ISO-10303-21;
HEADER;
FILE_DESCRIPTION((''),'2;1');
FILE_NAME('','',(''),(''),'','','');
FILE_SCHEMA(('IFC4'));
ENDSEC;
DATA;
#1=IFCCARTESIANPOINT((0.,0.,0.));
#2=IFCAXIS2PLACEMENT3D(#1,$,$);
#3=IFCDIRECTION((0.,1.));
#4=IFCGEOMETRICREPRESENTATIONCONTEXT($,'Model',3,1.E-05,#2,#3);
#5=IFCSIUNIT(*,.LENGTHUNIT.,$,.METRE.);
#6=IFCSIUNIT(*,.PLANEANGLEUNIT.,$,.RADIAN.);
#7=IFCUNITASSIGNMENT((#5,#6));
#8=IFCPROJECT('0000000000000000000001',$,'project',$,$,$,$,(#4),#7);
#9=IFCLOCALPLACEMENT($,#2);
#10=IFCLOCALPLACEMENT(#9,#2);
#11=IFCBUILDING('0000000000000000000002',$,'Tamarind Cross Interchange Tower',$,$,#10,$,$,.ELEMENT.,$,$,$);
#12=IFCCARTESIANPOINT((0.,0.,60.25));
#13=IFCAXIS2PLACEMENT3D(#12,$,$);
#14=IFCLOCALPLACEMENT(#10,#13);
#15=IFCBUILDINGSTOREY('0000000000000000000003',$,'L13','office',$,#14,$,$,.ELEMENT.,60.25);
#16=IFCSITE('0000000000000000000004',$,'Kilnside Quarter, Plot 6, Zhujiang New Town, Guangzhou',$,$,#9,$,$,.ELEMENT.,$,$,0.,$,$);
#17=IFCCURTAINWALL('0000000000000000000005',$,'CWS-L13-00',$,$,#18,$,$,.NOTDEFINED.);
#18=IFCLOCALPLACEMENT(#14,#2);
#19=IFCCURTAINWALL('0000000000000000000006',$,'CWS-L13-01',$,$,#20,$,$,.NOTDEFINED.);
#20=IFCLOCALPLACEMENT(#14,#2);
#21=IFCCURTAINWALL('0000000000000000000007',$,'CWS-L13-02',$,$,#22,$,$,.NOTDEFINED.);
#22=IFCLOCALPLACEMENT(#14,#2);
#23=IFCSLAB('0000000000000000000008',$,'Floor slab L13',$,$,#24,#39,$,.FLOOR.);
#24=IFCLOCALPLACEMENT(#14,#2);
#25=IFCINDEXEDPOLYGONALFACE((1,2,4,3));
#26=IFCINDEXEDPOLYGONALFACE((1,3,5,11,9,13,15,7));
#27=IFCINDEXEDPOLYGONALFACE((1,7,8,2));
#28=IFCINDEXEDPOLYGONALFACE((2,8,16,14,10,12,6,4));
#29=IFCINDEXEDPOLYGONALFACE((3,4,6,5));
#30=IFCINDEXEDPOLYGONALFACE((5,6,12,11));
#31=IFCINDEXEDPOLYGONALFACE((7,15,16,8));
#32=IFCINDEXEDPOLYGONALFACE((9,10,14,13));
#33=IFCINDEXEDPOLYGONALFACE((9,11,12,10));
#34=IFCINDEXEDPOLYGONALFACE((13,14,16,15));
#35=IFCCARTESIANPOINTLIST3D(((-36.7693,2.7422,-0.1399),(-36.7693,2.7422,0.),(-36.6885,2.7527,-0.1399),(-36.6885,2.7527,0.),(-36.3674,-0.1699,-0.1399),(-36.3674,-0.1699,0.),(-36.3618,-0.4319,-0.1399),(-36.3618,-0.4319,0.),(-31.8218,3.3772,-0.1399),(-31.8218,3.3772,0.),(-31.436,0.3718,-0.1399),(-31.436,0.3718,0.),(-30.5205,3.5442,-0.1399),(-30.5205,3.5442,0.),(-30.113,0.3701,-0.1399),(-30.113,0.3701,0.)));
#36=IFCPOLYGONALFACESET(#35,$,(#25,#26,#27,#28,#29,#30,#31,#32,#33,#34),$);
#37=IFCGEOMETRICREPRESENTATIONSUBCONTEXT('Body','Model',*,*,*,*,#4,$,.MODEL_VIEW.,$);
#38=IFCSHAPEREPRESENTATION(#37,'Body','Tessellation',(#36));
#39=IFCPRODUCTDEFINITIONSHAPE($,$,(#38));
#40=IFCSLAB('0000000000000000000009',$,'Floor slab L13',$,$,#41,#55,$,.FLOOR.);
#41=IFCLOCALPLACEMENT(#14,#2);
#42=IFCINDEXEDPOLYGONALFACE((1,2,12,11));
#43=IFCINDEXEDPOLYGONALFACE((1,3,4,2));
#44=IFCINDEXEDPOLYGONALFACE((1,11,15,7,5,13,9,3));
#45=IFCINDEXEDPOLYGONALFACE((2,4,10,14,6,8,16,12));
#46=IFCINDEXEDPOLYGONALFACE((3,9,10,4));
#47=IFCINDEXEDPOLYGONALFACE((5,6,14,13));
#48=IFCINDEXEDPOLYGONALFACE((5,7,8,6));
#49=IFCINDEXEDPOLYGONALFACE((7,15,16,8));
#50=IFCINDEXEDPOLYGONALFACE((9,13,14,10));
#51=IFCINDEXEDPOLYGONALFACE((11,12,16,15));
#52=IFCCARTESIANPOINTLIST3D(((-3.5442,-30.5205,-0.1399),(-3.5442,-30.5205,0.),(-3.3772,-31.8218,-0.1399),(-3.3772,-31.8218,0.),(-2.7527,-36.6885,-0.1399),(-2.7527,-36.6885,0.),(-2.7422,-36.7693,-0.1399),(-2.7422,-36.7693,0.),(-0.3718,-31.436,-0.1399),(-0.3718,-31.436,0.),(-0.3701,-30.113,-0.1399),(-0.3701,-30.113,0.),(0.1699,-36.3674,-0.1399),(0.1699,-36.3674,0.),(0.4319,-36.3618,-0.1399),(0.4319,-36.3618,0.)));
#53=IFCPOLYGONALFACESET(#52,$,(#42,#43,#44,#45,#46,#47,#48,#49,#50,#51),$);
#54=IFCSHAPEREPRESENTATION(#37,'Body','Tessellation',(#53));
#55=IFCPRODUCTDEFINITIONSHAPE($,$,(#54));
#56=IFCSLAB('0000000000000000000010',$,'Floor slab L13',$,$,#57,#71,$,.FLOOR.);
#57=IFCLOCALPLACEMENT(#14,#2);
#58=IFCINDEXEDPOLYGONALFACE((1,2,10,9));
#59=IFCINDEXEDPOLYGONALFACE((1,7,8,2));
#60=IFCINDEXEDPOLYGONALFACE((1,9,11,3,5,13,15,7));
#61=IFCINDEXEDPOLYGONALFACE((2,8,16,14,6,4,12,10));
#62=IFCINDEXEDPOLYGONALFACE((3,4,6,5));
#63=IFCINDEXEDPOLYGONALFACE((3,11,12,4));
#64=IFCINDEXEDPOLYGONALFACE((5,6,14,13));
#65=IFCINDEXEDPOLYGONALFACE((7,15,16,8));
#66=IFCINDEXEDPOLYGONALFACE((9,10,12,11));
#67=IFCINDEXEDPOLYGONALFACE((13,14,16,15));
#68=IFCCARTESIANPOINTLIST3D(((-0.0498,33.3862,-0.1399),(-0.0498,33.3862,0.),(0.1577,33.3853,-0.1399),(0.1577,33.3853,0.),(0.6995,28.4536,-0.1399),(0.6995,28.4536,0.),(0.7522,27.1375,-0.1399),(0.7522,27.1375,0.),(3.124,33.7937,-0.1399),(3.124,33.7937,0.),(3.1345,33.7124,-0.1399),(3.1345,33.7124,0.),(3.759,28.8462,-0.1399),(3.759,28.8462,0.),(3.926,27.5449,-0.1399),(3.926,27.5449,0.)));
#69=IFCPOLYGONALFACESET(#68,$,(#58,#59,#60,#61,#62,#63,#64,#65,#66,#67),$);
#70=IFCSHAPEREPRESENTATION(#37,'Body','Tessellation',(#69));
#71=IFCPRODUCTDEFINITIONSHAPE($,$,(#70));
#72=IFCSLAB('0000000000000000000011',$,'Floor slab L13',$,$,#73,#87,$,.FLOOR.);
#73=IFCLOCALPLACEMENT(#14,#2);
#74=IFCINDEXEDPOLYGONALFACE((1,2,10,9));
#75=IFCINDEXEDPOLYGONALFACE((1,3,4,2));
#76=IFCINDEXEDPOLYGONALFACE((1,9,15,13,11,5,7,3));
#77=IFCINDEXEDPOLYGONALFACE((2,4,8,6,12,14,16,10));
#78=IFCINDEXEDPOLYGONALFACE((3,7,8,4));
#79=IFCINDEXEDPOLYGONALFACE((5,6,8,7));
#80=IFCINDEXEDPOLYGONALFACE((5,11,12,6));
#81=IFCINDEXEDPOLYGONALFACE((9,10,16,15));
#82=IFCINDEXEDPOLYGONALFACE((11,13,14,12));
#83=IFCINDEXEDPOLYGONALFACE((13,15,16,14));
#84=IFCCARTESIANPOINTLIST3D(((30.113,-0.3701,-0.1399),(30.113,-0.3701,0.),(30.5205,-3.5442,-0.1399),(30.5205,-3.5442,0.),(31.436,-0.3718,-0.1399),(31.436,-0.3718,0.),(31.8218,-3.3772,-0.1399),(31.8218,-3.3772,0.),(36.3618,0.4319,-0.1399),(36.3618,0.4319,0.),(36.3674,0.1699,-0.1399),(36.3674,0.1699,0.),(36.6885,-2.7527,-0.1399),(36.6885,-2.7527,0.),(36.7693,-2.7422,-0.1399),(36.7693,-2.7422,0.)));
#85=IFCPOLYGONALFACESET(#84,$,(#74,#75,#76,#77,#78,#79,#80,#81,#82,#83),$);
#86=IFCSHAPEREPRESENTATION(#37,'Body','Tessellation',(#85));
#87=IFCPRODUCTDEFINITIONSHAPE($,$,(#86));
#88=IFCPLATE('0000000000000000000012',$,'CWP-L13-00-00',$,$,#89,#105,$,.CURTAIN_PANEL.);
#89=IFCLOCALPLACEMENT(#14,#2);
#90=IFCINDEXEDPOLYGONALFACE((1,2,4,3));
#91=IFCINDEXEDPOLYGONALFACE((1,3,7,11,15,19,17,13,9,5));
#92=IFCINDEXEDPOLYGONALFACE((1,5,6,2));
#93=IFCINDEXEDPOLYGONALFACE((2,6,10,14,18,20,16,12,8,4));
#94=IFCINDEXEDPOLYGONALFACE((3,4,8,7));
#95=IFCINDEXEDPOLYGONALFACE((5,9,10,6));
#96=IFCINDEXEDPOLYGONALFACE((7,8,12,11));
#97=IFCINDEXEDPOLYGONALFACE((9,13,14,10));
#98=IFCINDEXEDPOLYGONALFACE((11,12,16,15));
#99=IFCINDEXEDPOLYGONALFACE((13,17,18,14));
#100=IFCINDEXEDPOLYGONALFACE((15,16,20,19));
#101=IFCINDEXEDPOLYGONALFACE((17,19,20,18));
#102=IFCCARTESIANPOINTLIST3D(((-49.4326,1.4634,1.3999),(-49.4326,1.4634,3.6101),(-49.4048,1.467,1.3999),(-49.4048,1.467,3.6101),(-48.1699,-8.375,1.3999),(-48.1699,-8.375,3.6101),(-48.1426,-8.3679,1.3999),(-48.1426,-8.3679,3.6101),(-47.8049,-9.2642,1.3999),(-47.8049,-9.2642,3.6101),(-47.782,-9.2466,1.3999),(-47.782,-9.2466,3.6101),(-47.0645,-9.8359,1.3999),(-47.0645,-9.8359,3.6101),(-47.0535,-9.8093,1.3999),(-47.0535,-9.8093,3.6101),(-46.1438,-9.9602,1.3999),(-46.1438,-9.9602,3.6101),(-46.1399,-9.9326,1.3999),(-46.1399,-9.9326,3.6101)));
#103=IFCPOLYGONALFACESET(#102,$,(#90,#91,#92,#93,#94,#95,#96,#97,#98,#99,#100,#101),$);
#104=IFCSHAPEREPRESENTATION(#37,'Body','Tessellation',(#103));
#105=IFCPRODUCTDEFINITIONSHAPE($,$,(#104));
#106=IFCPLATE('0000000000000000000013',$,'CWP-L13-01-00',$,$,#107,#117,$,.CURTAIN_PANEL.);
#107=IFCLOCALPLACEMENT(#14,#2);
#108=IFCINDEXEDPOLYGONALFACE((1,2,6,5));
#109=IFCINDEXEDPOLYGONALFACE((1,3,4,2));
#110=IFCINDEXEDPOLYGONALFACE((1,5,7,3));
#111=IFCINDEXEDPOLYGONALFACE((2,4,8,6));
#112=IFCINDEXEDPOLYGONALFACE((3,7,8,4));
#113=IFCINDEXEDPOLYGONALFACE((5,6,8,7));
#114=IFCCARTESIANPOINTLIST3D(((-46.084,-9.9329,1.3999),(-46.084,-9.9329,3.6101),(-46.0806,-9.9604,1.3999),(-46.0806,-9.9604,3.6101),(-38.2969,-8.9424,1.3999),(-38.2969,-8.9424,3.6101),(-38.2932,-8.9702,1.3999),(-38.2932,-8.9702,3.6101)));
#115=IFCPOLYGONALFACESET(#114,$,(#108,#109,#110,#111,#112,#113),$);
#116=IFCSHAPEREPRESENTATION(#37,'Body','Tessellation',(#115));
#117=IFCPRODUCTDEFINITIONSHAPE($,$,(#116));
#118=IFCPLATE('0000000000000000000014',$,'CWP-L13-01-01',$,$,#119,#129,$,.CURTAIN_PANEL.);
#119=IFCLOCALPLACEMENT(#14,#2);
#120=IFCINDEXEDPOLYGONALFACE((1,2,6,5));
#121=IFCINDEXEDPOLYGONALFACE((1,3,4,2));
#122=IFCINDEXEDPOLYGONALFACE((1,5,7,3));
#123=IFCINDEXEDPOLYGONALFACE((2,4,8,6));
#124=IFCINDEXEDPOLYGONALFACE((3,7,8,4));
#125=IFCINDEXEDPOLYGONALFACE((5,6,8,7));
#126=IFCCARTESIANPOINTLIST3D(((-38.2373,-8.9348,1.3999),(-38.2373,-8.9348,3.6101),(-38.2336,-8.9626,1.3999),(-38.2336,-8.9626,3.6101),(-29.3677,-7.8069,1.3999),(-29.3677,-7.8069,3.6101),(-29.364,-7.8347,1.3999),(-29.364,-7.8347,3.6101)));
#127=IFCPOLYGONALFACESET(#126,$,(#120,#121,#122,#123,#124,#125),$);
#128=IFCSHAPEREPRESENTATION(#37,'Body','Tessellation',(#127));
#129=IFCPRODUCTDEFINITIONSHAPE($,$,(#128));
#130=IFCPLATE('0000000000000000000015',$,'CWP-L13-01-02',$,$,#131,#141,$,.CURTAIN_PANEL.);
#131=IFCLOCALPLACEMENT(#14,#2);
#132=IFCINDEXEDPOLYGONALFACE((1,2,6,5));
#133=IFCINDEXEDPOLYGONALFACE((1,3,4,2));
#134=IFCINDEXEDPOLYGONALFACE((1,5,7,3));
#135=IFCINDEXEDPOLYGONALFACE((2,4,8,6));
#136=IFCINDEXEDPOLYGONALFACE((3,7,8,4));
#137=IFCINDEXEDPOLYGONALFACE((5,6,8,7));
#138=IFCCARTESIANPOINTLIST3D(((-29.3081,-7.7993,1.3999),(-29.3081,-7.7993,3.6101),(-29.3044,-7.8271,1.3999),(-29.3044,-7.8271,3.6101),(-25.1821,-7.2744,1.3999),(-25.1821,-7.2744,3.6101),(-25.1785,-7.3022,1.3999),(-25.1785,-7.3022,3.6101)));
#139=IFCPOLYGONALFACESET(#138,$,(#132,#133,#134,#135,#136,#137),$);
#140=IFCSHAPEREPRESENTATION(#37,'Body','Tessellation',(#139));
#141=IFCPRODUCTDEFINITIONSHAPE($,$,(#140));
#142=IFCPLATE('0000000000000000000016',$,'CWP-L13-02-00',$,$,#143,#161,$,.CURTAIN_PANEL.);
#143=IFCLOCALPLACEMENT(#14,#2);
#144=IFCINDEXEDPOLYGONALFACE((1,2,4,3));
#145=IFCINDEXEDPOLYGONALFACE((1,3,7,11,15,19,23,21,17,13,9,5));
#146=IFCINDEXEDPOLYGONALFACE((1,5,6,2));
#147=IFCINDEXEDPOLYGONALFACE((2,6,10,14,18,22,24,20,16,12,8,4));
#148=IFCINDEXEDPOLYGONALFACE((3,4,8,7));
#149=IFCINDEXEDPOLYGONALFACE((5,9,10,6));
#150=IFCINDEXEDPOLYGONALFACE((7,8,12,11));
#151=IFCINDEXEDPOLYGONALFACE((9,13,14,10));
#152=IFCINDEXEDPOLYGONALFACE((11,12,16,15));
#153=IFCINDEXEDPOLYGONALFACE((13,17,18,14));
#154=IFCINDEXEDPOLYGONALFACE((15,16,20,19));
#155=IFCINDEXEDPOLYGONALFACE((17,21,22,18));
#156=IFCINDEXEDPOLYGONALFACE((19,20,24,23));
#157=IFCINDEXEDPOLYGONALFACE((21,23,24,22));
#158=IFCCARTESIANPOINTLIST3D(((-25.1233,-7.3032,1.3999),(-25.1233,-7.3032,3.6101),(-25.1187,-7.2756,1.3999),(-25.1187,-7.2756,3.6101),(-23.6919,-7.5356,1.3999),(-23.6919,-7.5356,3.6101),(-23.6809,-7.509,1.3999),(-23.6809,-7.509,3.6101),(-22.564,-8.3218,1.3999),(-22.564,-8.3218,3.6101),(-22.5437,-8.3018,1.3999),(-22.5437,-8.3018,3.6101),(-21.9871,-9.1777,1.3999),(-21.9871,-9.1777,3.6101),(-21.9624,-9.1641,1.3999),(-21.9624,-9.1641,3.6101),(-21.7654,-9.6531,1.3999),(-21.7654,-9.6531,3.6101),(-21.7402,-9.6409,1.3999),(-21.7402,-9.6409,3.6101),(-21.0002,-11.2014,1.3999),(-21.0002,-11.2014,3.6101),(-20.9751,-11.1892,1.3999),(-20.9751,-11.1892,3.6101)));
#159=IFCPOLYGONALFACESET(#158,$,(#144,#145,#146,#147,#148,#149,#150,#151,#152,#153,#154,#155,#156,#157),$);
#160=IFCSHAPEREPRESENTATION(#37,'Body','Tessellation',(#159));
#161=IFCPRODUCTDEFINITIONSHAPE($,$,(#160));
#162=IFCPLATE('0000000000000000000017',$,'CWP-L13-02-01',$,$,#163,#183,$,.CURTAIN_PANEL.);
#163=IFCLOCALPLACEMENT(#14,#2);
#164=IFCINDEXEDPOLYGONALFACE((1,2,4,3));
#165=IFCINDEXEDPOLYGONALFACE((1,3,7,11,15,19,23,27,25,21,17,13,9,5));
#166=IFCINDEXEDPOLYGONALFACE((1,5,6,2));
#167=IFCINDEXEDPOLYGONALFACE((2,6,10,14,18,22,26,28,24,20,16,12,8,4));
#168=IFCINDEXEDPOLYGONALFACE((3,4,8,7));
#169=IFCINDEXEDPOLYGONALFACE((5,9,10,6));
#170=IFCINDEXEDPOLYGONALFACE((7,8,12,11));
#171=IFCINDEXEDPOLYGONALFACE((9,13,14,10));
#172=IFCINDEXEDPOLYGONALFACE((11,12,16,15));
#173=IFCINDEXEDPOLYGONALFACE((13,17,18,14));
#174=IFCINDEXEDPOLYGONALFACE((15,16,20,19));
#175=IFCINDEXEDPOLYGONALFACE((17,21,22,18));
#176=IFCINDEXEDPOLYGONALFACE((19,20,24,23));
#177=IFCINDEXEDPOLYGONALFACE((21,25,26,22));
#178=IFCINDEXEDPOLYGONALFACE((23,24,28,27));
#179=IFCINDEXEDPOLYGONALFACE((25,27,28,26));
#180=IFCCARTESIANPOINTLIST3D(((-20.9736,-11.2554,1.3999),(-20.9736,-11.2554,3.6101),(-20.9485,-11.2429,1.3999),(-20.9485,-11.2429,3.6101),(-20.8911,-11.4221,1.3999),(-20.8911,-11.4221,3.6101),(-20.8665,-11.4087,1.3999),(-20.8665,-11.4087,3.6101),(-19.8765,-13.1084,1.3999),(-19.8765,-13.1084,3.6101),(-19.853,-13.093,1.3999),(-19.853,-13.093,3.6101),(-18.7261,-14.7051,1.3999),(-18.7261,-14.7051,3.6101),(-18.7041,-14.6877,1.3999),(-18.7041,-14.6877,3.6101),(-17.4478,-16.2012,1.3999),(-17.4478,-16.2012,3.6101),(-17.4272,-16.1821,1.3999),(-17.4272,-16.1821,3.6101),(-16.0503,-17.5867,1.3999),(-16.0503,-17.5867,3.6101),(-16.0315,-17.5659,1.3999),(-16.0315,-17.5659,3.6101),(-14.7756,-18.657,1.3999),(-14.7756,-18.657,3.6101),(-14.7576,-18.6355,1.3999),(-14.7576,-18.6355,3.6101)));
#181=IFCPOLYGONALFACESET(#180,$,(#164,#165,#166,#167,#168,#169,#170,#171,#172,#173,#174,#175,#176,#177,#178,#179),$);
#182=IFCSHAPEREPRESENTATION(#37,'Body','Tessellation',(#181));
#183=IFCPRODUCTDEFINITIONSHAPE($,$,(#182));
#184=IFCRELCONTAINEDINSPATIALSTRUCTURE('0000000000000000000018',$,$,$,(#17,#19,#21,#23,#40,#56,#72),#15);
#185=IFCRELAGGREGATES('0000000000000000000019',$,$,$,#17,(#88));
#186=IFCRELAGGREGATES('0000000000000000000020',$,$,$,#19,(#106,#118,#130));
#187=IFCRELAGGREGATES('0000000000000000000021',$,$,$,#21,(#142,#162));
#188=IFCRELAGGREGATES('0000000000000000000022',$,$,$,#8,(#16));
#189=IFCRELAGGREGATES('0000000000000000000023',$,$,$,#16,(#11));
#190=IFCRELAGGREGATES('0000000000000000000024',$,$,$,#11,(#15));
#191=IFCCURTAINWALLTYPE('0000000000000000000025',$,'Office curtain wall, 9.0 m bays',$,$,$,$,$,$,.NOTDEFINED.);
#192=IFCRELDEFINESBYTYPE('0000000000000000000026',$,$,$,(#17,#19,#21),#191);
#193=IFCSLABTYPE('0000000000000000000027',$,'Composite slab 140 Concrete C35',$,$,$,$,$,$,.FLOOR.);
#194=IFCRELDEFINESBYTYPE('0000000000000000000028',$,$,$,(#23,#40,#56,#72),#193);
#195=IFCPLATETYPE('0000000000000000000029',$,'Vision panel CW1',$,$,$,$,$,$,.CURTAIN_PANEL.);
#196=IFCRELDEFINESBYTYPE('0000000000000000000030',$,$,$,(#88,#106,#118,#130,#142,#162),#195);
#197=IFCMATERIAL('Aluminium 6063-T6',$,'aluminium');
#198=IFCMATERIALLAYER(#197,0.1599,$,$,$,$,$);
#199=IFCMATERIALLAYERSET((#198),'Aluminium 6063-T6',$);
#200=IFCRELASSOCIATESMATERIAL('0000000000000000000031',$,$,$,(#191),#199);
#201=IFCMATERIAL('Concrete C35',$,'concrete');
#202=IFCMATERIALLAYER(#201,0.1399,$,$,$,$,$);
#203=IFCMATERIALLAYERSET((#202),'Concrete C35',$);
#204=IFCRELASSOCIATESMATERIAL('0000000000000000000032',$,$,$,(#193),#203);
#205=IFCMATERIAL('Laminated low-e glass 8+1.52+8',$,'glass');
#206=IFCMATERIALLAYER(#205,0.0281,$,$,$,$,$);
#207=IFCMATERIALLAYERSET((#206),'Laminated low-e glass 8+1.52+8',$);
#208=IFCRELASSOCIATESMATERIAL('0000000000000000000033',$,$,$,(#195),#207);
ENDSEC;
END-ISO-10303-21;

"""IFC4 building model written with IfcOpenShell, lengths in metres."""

from ifc_helpers import new_model, si_unit, direction, frame, origin, place, context, subcontext, project, spatial, polyline, outline, extrude, material, layer, layer_set, type_object, element, aggregate, save


model = new_model("IFC4")

# Units and contexts
model_context = context("Model", 3, precision=1e-05, world=origin(), true_north=direction((0.0, 1.0)))
body_context = subcontext(model_context, "Body", "Model", "MODEL_VIEW")
ifc_project = project(units=[si_unit("LENGTHUNIT", "METRE"), si_unit("PLANEANGLEUNIT", "RADIAN")], contexts=[model_context])

# Site, building, storey
site_placement = place(None, origin())
site = spatial("IfcSite", under=ifc_project, at=site_placement, Name="Kilnside Quarter, Plot 6, Zhujiang New Town, Guangzhou", CompositionType="ELEMENT", RefElevation=0.0)
building_placement = place(site_placement, origin())
building = spatial("IfcBuilding", under=site, at=building_placement, Name="Tamarind Cross Interchange Tower", CompositionType="ELEMENT")
storey_placement = place(building_placement, frame((0.0, 0.0, 60.25)))
storey = spatial("IfcBuildingStorey", under=building, at=storey_placement, Name="L13", Description="office", CompositionType="ELEMENT", Elevation=60.25)

# Curtain walls
ifc_material_1 = material(Name="Aluminium 6063-T6", Category="aluminium")
ifc_layer_1 = layer(ifc_material_1, 0.1599)
ifc_layer_set_1 = layer_set([ifc_layer_1], Name="Aluminium 6063-T6")
curtain_wall_type = type_object("IfcCurtainWallType", Name="Office curtain wall, 9.0 m bays", PredefinedType="NOTDEFINED", material=ifc_layer_set_1)
curtain_wall_1_placement = place(storey_placement, origin())
curtain_wall_1 = element("IfcCurtainWall", 1, at=curtain_wall_1_placement, inside=storey, type_object=curtain_wall_type, Name="CWS-L13-00", PredefinedType="NOTDEFINED")
curtain_wall_2_placement = place(storey_placement, origin())
curtain_wall_2 = element("IfcCurtainWall", 2, at=curtain_wall_2_placement, inside=storey, type_object=curtain_wall_type, Name="CWS-L13-01", PredefinedType="NOTDEFINED")
curtain_wall_3_placement = place(storey_placement, origin())
curtain_wall_3 = element("IfcCurtainWall", 3, at=curtain_wall_3_placement, inside=storey, type_object=curtain_wall_type, Name="CWS-L13-02", PredefinedType="NOTDEFINED")

# Slabs
ifc_material_2 = material(Name="Concrete C35", Category="concrete")
ifc_layer_2 = layer(ifc_material_2, 0.1399)
ifc_layer_set_2 = layer_set([ifc_layer_2], Name="Concrete C35")
slab_type = type_object("IfcSlabType", Name="Composite slab 140 Concrete C35", PredefinedType="FLOOR", material=ifc_layer_set_2)
slab_1_placement = place(storey_placement, frame((0.0, 0.0, -0.1399)))
element("IfcSlab", 4, at=slab_1_placement, inside=storey, type_object=slab_type, Name="Floor slab L13", PredefinedType="FLOOR", context=body_context, shape_type="SweptSolid", body=[
    extrude(outline(polyline([(-36.7693, 2.7422), (-36.3618, -0.4319), (-30.113, 0.3701), (-30.5205, 3.5442), (-31.8218, 3.3772), (-31.436, 0.3718), (-36.3674, -0.1699), (-36.6885, 2.7527), (-36.7693, 2.7422)])), origin(), (0.0, 0.0, 1.0), 0.1399),
])
slab_2_placement = place(storey_placement, frame((0.0, 0.0, -0.1399)))
element("IfcSlab", 5, at=slab_2_placement, inside=storey, type_object=slab_type, Name="Floor slab L13", PredefinedType="FLOOR", context=body_context, shape_type="SweptSolid", body=[
    extrude(outline(polyline([(-2.7422, -36.7693), (0.4319, -36.3618), (-0.3701, -30.113), (-3.5442, -30.5205), (-3.3772, -31.8218), (-0.3718, -31.436), (0.1699, -36.3674), (-2.7527, -36.6885), (-2.7422, -36.7693)])), origin(), (0.0, 0.0, 1.0), 0.1399),
])
slab_3_placement = place(storey_placement, frame((0.0, 0.0, -0.1399)))
element("IfcSlab", 6, at=slab_3_placement, inside=storey, type_object=slab_type, Name="Floor slab L13", PredefinedType="FLOOR", context=body_context, shape_type="SweptSolid", body=[
    extrude(outline(polyline([(0.7522, 27.1375), (3.926, 27.5449), (3.759, 28.8462), (0.6995, 28.4536), (0.1577, 33.3853), (3.1345, 33.7124), (3.124, 33.7937), (-0.0498, 33.3862), (0.7522, 27.1375)])), origin(), (0.0, 0.0, 1.0), 0.1399),
])
slab_4_placement = place(storey_placement, frame((0.0, 0.0, -0.1399)))
element("IfcSlab", 7, at=slab_4_placement, inside=storey, type_object=slab_type, Name="Floor slab L13", PredefinedType="FLOOR", context=body_context, shape_type="SweptSolid", body=[
    extrude(outline(polyline([(36.7693, -2.7422), (36.3618, 0.4319), (30.113, -0.3701), (30.5205, -3.5442), (31.8218, -3.3772), (31.436, -0.3718), (36.3674, 0.1699), (36.6885, -2.7527), (36.7693, -2.7422)])), origin(), (0.0, 0.0, 1.0), 0.1399),
])

# Plates
ifc_material_3 = material(Name="Laminated low-e glass 8+1.52+8", Category="glass")
ifc_layer_3 = layer(ifc_material_3, 0.0281)
ifc_layer_set_3 = layer_set([ifc_layer_3], Name="Laminated low-e glass 8+1.52+8")
plate_type = type_object("IfcPlateType", Name="Vision panel CW1", PredefinedType="CURTAIN_PANEL", material=ifc_layer_set_3)
plate_1_placement = place(storey_placement, frame((0.0, 0.0, 1.3999)))
plate_1 = element("IfcPlate", 8, at=plate_1_placement, type_object=plate_type, Name="CWP-L13-00-00", PredefinedType="CURTAIN_PANEL", context=body_context, shape_type="SweptSolid", body=[
    extrude(outline(polyline([(-49.4048, 1.467), (-48.1426, -8.3679), (-47.782, -9.2466), (-47.0535, -9.8093), (-46.1399, -9.9326), (-46.1438, -9.9602), (-47.0645, -9.8359), (-47.8049, -9.2642), (-48.1699, -8.375), (-49.4326, 1.4634), (-49.4048, 1.467)])), origin(), (0.0, 0.0, 1.0), 2.2102),
])
aggregate(curtain_wall_1, [plate_1])
plate_2_placement = place(storey_placement, frame((0.0, 0.0, 1.3999)))
plate_2 = element("IfcPlate", 9, at=plate_2_placement, type_object=plate_type, Name="CWP-L13-01-00", PredefinedType="CURTAIN_PANEL", context=body_context, shape_type="SweptSolid", body=[
    extrude(outline(polyline([(-46.084, -9.9329), (-38.2969, -8.9424), (-38.2932, -8.9702), (-46.0806, -9.9604), (-46.084, -9.9329)])), origin(), (0.0, 0.0, 1.0), 2.2102),
])
plate_3_placement = place(storey_placement, frame((0.0, 0.0, 1.3999)))
plate_3 = element("IfcPlate", 10, at=plate_3_placement, type_object=plate_type, Name="CWP-L13-01-01", PredefinedType="CURTAIN_PANEL", context=body_context, shape_type="SweptSolid", body=[
    extrude(outline(polyline([(-38.2373, -8.9348), (-29.3677, -7.8069), (-29.364, -7.8347), (-38.2336, -8.9626), (-38.2373, -8.9348)])), origin(), (0.0, 0.0, 1.0), 2.2102),
])
plate_4_placement = place(storey_placement, frame((0.0, 0.0, 1.3999)))
plate_4 = element("IfcPlate", 11, at=plate_4_placement, type_object=plate_type, Name="CWP-L13-01-02", PredefinedType="CURTAIN_PANEL", context=body_context, shape_type="SweptSolid", body=[
    extrude(outline(polyline([(-29.3081, -7.7993), (-25.1821, -7.2744), (-25.1785, -7.3022), (-29.3044, -7.8271), (-29.3081, -7.7993)])), origin(), (0.0, 0.0, 1.0), 2.2102),
])
aggregate(curtain_wall_2, [plate_2, plate_3, plate_4])
plate_5_placement = place(storey_placement, frame((0.0, 0.0, 1.3999)))
plate_5 = element("IfcPlate", 12, at=plate_5_placement, type_object=plate_type, Name="CWP-L13-02-00", PredefinedType="CURTAIN_PANEL", context=body_context, shape_type="SweptSolid", body=[
    extrude(outline(polyline([(-25.1187, -7.2756), (-23.6809, -7.509), (-22.5437, -8.3018), (-21.9624, -9.1641), (-21.7402, -9.6409), (-20.9751, -11.1892), (-21.0002, -11.2014), (-21.7654, -9.6531), (-21.9871, -9.1777), (-22.564, -8.3218), (-23.6919, -7.5356), (-25.1233, -7.3032), (-25.1187, -7.2756)])), origin(), (0.0, 0.0, 1.0), 2.2102),
])
plate_6_placement = place(storey_placement, frame((0.0, 0.0, 1.3999)))
plate_6 = element("IfcPlate", 13, at=plate_6_placement, type_object=plate_type, Name="CWP-L13-02-01", PredefinedType="CURTAIN_PANEL", context=body_context, shape_type="SweptSolid", body=[
    extrude(outline(polyline([(-20.9485, -11.2429), (-20.8665, -11.4087), (-19.853, -13.093), (-18.7041, -14.6877), (-17.4272, -16.1821), (-16.0315, -17.5659), (-14.7576, -18.6355), (-14.7756, -18.657), (-16.0503, -17.5867), (-17.4478, -16.2012), (-18.7261, -14.7051), (-19.8765, -13.1084), (-20.8911, -11.4221), (-20.9736, -11.2554), (-20.9485, -11.2429)])), origin(), (0.0, 0.0, 1.0), 2.2102),
])
aggregate(curtain_wall_3, [plate_5, plate_6])

save(model, "model.ifc")
